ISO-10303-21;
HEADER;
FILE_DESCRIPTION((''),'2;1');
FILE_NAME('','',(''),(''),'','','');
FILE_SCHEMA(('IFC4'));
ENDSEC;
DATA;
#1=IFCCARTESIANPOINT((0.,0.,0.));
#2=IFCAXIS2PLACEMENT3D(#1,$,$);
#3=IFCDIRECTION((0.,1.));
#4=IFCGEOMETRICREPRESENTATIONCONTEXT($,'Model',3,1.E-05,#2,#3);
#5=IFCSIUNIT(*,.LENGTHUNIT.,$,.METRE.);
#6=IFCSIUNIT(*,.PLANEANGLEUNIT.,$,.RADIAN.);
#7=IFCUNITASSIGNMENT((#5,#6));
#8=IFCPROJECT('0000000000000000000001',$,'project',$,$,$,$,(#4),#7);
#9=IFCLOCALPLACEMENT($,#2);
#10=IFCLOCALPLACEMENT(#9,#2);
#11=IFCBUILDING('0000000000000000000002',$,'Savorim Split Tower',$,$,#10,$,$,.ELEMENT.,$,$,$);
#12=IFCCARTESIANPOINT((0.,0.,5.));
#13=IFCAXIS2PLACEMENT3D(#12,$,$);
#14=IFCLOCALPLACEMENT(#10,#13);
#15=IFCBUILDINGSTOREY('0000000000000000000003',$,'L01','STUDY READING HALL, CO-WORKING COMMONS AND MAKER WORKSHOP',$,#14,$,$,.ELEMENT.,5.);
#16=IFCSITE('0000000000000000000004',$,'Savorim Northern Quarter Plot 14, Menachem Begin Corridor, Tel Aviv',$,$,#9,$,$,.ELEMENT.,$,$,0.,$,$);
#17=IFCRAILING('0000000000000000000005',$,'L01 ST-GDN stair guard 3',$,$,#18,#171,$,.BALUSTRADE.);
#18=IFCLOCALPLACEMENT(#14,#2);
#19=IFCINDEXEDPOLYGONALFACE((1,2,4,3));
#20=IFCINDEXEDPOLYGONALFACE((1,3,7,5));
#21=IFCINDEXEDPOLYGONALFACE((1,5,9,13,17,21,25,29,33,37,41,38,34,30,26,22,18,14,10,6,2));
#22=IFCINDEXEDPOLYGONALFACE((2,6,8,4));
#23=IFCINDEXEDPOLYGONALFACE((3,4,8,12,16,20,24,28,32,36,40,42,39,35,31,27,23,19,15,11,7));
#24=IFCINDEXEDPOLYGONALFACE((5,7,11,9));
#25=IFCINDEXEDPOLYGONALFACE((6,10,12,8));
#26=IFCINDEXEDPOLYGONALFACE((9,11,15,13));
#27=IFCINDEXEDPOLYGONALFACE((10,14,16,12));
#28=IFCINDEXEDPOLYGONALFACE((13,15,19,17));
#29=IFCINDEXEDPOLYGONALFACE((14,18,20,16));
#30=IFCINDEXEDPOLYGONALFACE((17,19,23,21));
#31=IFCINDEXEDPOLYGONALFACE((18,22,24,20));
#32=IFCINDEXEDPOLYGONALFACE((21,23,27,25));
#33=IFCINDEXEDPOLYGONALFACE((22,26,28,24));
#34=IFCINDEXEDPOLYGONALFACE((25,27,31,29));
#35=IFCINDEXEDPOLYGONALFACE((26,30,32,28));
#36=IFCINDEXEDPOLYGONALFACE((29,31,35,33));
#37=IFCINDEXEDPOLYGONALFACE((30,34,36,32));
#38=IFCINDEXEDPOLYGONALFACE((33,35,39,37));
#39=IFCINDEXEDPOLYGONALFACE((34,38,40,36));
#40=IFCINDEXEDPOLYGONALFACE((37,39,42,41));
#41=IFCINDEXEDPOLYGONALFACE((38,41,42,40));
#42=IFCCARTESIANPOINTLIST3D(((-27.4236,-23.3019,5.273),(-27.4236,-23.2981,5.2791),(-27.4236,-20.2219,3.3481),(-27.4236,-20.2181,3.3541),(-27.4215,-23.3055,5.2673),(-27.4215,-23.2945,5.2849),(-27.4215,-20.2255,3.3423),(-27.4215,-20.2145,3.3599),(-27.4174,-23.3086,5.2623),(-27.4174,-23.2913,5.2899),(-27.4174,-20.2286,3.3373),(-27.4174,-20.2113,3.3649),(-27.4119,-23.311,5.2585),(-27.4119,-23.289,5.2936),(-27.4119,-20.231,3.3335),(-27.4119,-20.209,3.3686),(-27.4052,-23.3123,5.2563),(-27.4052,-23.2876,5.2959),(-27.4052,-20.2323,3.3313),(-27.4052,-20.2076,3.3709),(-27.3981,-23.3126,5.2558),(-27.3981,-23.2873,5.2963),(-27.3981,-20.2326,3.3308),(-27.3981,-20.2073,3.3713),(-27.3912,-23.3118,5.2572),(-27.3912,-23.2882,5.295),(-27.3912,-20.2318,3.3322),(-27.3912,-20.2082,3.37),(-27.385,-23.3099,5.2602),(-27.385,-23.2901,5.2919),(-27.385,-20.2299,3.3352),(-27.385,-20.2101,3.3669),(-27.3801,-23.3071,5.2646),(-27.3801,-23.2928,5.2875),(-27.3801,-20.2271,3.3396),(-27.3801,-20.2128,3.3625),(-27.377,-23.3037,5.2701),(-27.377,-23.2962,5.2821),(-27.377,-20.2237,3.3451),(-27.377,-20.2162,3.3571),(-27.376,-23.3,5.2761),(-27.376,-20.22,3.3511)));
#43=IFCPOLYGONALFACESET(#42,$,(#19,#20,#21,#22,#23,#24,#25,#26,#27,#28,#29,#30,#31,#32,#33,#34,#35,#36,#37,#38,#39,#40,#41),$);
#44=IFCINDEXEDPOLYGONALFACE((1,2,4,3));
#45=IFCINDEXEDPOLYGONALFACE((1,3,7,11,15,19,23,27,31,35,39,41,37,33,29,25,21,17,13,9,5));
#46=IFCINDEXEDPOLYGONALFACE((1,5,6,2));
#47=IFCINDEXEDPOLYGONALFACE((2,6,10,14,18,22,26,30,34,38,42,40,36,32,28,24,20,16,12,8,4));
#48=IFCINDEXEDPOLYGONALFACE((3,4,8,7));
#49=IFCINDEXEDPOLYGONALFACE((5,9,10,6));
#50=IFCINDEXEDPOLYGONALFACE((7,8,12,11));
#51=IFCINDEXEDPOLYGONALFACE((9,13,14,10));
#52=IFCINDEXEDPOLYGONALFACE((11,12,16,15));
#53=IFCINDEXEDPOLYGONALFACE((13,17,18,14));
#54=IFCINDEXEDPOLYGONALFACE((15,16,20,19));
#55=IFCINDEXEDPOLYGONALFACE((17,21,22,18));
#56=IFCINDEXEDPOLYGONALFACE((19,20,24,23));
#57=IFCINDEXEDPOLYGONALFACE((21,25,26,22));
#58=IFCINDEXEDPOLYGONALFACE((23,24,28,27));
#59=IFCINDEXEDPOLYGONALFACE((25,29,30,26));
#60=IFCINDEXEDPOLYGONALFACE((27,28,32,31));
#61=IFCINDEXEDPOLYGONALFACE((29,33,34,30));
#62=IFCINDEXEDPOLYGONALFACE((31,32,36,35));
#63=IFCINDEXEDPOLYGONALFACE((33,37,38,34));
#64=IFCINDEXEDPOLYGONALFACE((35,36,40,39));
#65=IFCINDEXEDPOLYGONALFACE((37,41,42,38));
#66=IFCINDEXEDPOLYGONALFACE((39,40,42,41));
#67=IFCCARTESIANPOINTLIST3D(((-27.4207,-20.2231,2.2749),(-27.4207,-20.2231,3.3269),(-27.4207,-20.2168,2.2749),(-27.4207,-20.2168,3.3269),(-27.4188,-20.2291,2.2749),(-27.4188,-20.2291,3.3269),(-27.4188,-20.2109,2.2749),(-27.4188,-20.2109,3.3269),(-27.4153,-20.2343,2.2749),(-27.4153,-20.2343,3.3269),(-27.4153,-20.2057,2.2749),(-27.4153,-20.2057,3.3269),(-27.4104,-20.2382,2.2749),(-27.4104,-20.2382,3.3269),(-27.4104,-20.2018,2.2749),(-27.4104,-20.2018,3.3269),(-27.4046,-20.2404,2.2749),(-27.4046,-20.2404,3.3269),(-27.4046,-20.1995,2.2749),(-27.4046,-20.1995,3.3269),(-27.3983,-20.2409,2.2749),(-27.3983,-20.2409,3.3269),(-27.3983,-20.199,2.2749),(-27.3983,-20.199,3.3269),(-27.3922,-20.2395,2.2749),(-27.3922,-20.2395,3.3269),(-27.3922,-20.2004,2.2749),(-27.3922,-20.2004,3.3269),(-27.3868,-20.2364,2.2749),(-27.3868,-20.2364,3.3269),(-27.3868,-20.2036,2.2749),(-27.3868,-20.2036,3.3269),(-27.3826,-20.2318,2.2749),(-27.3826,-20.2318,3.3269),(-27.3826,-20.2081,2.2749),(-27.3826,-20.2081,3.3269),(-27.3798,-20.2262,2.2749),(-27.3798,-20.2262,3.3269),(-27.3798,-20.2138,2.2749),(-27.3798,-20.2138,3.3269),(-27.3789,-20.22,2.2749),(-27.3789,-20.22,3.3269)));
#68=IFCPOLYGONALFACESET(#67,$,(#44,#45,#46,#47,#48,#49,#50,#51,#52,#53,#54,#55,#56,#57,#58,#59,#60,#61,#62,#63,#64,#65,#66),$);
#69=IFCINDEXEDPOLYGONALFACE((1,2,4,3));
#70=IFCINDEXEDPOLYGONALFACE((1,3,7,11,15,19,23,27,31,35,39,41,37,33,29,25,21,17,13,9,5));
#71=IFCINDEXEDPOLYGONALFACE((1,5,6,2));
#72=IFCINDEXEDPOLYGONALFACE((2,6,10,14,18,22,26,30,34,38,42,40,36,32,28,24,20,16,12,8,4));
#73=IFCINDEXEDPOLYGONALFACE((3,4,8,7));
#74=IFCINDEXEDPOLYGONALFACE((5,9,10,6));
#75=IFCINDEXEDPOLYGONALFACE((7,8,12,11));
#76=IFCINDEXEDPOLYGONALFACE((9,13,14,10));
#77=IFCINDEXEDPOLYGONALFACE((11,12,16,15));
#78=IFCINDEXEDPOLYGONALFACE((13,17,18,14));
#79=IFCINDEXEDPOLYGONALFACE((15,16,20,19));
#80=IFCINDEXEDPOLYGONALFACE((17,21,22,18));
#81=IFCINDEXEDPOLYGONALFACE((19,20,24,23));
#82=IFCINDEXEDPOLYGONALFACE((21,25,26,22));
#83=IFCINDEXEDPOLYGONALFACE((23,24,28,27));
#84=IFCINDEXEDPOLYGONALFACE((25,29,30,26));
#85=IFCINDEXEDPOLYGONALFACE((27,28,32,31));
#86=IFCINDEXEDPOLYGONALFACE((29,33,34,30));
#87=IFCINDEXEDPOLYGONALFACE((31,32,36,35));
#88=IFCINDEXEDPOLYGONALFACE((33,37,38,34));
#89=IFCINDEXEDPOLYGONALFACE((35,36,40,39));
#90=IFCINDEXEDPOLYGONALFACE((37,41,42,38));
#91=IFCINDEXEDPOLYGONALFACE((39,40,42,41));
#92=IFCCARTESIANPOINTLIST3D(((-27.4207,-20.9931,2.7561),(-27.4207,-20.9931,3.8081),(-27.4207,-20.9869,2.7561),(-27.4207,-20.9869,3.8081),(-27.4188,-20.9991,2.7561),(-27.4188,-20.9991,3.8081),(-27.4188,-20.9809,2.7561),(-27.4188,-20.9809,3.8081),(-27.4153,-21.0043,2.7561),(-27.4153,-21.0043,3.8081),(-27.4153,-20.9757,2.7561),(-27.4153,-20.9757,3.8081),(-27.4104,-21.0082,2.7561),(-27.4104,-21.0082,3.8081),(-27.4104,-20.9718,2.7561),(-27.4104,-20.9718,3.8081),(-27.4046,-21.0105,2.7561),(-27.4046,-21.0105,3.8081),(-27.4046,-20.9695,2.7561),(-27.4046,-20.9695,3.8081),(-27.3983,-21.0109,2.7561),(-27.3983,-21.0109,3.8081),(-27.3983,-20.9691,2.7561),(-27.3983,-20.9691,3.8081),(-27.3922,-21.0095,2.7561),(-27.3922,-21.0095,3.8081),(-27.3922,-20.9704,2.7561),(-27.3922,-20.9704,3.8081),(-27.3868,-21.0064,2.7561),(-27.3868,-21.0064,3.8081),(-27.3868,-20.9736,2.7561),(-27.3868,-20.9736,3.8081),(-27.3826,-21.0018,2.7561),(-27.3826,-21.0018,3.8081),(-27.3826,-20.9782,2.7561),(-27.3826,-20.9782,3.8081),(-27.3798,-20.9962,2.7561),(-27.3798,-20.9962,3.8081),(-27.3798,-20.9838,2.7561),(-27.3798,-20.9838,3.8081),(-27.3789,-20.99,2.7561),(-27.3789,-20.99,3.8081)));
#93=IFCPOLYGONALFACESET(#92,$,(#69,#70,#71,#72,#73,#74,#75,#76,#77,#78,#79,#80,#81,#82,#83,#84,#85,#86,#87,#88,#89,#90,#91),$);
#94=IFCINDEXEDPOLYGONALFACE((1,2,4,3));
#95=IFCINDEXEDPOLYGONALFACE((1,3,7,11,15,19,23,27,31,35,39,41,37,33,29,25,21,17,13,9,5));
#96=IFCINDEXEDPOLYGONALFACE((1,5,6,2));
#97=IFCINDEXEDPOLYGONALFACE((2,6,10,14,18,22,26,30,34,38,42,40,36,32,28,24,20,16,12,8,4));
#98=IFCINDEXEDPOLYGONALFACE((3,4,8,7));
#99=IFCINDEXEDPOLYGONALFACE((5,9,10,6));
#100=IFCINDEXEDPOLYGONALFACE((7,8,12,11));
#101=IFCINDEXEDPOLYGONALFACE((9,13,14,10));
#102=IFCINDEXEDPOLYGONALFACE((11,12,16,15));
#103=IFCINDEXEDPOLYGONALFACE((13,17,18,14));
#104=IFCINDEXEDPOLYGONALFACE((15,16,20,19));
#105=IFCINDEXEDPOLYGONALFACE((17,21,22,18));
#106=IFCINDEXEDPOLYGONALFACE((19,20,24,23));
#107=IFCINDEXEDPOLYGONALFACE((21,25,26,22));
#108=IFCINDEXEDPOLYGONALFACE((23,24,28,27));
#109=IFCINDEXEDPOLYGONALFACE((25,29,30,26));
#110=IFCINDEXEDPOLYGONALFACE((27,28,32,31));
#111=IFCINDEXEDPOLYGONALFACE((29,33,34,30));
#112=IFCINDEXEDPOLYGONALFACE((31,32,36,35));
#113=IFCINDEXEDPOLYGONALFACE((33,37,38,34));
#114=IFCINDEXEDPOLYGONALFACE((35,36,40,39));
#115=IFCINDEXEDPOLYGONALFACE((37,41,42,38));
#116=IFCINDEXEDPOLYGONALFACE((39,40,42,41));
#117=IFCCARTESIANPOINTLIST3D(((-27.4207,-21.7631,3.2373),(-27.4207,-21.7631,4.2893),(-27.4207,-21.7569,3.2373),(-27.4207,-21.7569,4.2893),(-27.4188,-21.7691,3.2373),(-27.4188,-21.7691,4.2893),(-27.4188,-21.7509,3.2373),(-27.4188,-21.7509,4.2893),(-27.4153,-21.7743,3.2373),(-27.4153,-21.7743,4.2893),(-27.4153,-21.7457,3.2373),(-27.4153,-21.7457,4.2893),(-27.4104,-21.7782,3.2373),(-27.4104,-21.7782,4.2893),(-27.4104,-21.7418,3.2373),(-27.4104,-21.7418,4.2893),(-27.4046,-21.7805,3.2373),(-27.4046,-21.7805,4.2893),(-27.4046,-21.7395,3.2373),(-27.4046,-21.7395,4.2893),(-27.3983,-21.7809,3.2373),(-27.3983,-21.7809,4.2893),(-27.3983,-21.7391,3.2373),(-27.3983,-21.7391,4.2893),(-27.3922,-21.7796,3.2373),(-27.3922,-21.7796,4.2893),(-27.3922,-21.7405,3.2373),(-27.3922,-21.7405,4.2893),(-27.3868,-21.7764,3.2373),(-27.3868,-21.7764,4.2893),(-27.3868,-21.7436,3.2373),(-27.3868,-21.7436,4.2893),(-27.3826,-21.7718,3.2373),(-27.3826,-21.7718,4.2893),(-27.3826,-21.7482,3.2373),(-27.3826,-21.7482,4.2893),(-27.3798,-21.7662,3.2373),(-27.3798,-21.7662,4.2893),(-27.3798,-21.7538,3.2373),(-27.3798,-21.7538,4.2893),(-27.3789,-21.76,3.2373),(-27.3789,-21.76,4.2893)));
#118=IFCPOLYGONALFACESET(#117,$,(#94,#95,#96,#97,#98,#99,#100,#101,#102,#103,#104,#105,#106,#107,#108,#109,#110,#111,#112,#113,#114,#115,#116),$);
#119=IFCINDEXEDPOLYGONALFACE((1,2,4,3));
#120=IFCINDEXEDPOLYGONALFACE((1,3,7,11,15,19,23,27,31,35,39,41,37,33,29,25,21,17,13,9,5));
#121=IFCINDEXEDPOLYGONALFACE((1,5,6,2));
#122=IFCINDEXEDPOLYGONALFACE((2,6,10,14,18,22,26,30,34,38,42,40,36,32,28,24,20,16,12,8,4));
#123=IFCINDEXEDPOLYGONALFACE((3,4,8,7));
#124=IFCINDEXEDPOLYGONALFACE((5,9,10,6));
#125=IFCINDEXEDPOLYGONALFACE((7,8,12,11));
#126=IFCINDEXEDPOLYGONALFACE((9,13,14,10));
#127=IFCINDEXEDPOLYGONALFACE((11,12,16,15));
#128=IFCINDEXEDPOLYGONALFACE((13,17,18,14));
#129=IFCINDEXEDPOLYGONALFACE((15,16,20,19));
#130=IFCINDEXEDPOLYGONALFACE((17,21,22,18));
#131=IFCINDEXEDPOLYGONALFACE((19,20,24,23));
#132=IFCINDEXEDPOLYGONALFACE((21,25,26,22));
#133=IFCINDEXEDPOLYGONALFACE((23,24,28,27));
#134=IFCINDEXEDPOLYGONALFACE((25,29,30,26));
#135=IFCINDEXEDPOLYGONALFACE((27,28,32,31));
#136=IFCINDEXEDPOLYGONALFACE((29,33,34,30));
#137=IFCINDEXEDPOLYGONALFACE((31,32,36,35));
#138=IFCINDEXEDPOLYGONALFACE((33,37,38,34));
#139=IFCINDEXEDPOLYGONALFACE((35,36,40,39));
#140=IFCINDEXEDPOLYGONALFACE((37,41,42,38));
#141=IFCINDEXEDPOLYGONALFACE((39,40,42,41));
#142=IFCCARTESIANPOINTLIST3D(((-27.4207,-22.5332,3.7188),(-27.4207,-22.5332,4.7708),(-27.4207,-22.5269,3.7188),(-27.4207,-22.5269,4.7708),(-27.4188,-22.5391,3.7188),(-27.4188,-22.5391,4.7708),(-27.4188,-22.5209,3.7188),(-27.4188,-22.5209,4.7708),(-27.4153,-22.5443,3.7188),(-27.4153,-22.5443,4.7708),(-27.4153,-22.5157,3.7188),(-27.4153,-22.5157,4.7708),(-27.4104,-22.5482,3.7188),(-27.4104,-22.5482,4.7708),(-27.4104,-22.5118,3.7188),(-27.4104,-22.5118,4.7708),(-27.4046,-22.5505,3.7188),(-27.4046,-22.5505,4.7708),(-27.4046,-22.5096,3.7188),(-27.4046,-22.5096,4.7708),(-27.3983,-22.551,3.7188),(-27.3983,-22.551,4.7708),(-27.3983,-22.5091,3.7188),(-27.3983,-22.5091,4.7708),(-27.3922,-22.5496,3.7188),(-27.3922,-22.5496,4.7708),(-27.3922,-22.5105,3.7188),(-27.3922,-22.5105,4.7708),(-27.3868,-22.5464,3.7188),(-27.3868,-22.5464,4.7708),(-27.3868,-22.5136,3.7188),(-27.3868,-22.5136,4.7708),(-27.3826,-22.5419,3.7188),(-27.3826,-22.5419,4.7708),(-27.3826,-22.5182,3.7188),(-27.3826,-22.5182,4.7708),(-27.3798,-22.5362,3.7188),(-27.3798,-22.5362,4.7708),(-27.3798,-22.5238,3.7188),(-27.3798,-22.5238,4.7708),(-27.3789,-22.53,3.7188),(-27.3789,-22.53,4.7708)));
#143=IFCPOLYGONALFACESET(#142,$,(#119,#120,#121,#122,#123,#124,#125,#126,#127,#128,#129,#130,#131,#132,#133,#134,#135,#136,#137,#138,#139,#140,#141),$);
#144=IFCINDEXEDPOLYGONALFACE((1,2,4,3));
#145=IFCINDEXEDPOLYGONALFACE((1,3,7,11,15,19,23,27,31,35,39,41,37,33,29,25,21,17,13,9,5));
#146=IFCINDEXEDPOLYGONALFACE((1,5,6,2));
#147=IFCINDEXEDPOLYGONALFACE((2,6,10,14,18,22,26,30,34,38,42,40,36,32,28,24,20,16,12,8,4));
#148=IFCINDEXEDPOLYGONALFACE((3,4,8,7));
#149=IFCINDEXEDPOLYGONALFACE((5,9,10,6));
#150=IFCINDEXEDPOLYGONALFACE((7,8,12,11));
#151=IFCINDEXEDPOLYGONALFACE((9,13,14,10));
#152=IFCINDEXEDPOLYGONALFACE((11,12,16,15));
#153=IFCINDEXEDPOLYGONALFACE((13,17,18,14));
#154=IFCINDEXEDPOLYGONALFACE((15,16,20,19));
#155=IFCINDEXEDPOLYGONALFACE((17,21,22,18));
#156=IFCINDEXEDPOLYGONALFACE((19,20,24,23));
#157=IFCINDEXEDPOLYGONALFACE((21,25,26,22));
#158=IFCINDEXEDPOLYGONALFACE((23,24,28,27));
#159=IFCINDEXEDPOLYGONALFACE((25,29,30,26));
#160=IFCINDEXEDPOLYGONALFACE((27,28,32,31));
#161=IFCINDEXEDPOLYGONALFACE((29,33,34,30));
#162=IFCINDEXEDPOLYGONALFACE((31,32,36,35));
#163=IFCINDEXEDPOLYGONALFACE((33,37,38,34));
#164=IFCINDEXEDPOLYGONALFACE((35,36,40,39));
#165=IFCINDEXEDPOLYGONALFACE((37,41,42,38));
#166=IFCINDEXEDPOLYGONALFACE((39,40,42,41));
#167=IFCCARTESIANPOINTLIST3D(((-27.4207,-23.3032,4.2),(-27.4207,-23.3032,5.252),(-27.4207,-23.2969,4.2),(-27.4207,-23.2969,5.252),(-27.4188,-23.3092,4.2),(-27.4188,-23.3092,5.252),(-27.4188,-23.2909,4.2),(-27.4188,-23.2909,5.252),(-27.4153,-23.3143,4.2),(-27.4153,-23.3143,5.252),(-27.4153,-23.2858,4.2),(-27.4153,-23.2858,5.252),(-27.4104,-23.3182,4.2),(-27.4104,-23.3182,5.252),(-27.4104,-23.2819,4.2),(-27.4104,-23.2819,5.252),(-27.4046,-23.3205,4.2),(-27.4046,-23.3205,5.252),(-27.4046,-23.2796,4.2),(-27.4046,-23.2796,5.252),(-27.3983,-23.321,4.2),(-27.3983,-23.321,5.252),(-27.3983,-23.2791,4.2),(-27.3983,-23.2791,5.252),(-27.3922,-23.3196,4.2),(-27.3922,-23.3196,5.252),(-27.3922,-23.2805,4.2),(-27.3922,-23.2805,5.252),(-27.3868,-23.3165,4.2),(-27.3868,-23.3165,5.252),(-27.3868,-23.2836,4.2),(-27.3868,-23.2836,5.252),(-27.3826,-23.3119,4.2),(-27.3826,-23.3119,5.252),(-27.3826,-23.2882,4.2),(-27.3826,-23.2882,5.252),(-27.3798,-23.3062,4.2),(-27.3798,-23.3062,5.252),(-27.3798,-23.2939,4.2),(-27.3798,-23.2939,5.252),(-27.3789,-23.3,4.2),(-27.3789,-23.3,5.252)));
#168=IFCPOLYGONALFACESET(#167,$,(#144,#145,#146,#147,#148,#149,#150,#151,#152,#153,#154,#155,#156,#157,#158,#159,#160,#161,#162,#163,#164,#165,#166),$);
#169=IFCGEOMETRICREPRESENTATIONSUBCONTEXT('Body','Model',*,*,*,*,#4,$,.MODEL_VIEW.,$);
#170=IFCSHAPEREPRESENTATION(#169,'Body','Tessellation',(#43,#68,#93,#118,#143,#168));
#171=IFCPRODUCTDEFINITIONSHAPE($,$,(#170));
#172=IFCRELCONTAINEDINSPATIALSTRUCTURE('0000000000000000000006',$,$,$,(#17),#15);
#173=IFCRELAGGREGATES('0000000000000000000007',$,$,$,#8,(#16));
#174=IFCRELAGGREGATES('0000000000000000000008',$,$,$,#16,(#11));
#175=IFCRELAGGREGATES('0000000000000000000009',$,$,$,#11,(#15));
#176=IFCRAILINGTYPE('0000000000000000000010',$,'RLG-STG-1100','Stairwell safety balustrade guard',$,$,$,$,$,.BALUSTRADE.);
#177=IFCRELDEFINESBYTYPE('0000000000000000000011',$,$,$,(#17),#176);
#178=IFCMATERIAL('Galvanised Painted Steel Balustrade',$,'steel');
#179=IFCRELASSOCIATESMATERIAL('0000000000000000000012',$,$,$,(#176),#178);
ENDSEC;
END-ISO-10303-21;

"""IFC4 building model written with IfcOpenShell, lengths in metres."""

from ifc_helpers import new_model, si_unit, direction, frame, origin, origin_2d, place, context, subcontext, project, spatial, circle, extrude, material, type_object, element, save


model = new_model("IFC4")

# Units and contexts
model_context = context("Model", 3, precision=1e-05, world=origin(), true_north=direction((0.0, 1.0)))
body_context = subcontext(model_context, "Body", "Model", "MODEL_VIEW")
ifc_project = project(units=[si_unit("LENGTHUNIT", "METRE"), si_unit("PLANEANGLEUNIT", "RADIAN")], contexts=[model_context])

# Site, building, storey
site_placement = place(None, origin())
site = spatial("IfcSite", under=ifc_project, at=site_placement, Name="Savorim Northern Quarter Plot 14, Menachem Begin Corridor, Tel Aviv", CompositionType="ELEMENT", RefElevation=0.0)
building_placement = place(site_placement, origin())
building = spatial("IfcBuilding", under=site, at=building_placement, Name="Savorim Split Tower", CompositionType="ELEMENT")
storey_placement = place(building_placement, frame((0.0, 0.0, 5.0)))
storey = spatial("IfcBuildingStorey", under=building, at=storey_placement, Name="L01", Description="STUDY READING HALL, CO-WORKING COMMONS AND MAKER WORKSHOP", CompositionType="ELEMENT", Elevation=5.0)

# Railing
ifc_material_1 = material(Name="Galvanised Painted Steel Balustrade", Category="steel")
railing_type = type_object("IfcRailingType", Name="RLG-STG-1100", Description="Stairwell safety balustrade guard", PredefinedType="BALUSTRADE", material=ifc_material_1)
railing_placement = place(storey_placement, frame((-27.3999, -20.22, 2.2749)))
element("IfcRailing", 1, at=railing_placement, inside=storey, type_object=railing_type, Name="L01 ST-GDN stair guard 3", PredefinedType="BALUSTRADE", context=body_context, shape_type="SweptSolid", body=[
    extrude(circle(Radius=0.0239, at=origin_2d()), frame((0.0, 0.0, 1.0762), z_axis=(0.0, -0.847998, 0.529999), x_axis=(1.0, 0.0, 0.0)), (0.0, 0.0, 1.0), 3.6321),
    extrude(circle(Radius=0.021, at=origin_2d()), origin(), (0.0, 0.0, 1.0), 1.052),
    extrude(circle(Radius=0.021, at=origin_2d()), frame((0.0, -0.77, 0.4812)), (0.0, 0.0, 1.0), 1.052),
    extrude(circle(Radius=0.021, at=origin_2d()), frame((0.0, -1.54, 0.9624)), (0.0, 0.0, 1.0), 1.052),
    extrude(circle(Radius=0.021, at=origin_2d()), frame((0.0, -2.3101, 1.4438)), (0.0, 0.0, 1.0), 1.052),
    extrude(circle(Radius=0.021, at=origin_2d()), frame((0.0, -3.0801, 1.925)), (0.0, 0.0, 1.0), 1.052),
])

save(model, "model.ifc")
